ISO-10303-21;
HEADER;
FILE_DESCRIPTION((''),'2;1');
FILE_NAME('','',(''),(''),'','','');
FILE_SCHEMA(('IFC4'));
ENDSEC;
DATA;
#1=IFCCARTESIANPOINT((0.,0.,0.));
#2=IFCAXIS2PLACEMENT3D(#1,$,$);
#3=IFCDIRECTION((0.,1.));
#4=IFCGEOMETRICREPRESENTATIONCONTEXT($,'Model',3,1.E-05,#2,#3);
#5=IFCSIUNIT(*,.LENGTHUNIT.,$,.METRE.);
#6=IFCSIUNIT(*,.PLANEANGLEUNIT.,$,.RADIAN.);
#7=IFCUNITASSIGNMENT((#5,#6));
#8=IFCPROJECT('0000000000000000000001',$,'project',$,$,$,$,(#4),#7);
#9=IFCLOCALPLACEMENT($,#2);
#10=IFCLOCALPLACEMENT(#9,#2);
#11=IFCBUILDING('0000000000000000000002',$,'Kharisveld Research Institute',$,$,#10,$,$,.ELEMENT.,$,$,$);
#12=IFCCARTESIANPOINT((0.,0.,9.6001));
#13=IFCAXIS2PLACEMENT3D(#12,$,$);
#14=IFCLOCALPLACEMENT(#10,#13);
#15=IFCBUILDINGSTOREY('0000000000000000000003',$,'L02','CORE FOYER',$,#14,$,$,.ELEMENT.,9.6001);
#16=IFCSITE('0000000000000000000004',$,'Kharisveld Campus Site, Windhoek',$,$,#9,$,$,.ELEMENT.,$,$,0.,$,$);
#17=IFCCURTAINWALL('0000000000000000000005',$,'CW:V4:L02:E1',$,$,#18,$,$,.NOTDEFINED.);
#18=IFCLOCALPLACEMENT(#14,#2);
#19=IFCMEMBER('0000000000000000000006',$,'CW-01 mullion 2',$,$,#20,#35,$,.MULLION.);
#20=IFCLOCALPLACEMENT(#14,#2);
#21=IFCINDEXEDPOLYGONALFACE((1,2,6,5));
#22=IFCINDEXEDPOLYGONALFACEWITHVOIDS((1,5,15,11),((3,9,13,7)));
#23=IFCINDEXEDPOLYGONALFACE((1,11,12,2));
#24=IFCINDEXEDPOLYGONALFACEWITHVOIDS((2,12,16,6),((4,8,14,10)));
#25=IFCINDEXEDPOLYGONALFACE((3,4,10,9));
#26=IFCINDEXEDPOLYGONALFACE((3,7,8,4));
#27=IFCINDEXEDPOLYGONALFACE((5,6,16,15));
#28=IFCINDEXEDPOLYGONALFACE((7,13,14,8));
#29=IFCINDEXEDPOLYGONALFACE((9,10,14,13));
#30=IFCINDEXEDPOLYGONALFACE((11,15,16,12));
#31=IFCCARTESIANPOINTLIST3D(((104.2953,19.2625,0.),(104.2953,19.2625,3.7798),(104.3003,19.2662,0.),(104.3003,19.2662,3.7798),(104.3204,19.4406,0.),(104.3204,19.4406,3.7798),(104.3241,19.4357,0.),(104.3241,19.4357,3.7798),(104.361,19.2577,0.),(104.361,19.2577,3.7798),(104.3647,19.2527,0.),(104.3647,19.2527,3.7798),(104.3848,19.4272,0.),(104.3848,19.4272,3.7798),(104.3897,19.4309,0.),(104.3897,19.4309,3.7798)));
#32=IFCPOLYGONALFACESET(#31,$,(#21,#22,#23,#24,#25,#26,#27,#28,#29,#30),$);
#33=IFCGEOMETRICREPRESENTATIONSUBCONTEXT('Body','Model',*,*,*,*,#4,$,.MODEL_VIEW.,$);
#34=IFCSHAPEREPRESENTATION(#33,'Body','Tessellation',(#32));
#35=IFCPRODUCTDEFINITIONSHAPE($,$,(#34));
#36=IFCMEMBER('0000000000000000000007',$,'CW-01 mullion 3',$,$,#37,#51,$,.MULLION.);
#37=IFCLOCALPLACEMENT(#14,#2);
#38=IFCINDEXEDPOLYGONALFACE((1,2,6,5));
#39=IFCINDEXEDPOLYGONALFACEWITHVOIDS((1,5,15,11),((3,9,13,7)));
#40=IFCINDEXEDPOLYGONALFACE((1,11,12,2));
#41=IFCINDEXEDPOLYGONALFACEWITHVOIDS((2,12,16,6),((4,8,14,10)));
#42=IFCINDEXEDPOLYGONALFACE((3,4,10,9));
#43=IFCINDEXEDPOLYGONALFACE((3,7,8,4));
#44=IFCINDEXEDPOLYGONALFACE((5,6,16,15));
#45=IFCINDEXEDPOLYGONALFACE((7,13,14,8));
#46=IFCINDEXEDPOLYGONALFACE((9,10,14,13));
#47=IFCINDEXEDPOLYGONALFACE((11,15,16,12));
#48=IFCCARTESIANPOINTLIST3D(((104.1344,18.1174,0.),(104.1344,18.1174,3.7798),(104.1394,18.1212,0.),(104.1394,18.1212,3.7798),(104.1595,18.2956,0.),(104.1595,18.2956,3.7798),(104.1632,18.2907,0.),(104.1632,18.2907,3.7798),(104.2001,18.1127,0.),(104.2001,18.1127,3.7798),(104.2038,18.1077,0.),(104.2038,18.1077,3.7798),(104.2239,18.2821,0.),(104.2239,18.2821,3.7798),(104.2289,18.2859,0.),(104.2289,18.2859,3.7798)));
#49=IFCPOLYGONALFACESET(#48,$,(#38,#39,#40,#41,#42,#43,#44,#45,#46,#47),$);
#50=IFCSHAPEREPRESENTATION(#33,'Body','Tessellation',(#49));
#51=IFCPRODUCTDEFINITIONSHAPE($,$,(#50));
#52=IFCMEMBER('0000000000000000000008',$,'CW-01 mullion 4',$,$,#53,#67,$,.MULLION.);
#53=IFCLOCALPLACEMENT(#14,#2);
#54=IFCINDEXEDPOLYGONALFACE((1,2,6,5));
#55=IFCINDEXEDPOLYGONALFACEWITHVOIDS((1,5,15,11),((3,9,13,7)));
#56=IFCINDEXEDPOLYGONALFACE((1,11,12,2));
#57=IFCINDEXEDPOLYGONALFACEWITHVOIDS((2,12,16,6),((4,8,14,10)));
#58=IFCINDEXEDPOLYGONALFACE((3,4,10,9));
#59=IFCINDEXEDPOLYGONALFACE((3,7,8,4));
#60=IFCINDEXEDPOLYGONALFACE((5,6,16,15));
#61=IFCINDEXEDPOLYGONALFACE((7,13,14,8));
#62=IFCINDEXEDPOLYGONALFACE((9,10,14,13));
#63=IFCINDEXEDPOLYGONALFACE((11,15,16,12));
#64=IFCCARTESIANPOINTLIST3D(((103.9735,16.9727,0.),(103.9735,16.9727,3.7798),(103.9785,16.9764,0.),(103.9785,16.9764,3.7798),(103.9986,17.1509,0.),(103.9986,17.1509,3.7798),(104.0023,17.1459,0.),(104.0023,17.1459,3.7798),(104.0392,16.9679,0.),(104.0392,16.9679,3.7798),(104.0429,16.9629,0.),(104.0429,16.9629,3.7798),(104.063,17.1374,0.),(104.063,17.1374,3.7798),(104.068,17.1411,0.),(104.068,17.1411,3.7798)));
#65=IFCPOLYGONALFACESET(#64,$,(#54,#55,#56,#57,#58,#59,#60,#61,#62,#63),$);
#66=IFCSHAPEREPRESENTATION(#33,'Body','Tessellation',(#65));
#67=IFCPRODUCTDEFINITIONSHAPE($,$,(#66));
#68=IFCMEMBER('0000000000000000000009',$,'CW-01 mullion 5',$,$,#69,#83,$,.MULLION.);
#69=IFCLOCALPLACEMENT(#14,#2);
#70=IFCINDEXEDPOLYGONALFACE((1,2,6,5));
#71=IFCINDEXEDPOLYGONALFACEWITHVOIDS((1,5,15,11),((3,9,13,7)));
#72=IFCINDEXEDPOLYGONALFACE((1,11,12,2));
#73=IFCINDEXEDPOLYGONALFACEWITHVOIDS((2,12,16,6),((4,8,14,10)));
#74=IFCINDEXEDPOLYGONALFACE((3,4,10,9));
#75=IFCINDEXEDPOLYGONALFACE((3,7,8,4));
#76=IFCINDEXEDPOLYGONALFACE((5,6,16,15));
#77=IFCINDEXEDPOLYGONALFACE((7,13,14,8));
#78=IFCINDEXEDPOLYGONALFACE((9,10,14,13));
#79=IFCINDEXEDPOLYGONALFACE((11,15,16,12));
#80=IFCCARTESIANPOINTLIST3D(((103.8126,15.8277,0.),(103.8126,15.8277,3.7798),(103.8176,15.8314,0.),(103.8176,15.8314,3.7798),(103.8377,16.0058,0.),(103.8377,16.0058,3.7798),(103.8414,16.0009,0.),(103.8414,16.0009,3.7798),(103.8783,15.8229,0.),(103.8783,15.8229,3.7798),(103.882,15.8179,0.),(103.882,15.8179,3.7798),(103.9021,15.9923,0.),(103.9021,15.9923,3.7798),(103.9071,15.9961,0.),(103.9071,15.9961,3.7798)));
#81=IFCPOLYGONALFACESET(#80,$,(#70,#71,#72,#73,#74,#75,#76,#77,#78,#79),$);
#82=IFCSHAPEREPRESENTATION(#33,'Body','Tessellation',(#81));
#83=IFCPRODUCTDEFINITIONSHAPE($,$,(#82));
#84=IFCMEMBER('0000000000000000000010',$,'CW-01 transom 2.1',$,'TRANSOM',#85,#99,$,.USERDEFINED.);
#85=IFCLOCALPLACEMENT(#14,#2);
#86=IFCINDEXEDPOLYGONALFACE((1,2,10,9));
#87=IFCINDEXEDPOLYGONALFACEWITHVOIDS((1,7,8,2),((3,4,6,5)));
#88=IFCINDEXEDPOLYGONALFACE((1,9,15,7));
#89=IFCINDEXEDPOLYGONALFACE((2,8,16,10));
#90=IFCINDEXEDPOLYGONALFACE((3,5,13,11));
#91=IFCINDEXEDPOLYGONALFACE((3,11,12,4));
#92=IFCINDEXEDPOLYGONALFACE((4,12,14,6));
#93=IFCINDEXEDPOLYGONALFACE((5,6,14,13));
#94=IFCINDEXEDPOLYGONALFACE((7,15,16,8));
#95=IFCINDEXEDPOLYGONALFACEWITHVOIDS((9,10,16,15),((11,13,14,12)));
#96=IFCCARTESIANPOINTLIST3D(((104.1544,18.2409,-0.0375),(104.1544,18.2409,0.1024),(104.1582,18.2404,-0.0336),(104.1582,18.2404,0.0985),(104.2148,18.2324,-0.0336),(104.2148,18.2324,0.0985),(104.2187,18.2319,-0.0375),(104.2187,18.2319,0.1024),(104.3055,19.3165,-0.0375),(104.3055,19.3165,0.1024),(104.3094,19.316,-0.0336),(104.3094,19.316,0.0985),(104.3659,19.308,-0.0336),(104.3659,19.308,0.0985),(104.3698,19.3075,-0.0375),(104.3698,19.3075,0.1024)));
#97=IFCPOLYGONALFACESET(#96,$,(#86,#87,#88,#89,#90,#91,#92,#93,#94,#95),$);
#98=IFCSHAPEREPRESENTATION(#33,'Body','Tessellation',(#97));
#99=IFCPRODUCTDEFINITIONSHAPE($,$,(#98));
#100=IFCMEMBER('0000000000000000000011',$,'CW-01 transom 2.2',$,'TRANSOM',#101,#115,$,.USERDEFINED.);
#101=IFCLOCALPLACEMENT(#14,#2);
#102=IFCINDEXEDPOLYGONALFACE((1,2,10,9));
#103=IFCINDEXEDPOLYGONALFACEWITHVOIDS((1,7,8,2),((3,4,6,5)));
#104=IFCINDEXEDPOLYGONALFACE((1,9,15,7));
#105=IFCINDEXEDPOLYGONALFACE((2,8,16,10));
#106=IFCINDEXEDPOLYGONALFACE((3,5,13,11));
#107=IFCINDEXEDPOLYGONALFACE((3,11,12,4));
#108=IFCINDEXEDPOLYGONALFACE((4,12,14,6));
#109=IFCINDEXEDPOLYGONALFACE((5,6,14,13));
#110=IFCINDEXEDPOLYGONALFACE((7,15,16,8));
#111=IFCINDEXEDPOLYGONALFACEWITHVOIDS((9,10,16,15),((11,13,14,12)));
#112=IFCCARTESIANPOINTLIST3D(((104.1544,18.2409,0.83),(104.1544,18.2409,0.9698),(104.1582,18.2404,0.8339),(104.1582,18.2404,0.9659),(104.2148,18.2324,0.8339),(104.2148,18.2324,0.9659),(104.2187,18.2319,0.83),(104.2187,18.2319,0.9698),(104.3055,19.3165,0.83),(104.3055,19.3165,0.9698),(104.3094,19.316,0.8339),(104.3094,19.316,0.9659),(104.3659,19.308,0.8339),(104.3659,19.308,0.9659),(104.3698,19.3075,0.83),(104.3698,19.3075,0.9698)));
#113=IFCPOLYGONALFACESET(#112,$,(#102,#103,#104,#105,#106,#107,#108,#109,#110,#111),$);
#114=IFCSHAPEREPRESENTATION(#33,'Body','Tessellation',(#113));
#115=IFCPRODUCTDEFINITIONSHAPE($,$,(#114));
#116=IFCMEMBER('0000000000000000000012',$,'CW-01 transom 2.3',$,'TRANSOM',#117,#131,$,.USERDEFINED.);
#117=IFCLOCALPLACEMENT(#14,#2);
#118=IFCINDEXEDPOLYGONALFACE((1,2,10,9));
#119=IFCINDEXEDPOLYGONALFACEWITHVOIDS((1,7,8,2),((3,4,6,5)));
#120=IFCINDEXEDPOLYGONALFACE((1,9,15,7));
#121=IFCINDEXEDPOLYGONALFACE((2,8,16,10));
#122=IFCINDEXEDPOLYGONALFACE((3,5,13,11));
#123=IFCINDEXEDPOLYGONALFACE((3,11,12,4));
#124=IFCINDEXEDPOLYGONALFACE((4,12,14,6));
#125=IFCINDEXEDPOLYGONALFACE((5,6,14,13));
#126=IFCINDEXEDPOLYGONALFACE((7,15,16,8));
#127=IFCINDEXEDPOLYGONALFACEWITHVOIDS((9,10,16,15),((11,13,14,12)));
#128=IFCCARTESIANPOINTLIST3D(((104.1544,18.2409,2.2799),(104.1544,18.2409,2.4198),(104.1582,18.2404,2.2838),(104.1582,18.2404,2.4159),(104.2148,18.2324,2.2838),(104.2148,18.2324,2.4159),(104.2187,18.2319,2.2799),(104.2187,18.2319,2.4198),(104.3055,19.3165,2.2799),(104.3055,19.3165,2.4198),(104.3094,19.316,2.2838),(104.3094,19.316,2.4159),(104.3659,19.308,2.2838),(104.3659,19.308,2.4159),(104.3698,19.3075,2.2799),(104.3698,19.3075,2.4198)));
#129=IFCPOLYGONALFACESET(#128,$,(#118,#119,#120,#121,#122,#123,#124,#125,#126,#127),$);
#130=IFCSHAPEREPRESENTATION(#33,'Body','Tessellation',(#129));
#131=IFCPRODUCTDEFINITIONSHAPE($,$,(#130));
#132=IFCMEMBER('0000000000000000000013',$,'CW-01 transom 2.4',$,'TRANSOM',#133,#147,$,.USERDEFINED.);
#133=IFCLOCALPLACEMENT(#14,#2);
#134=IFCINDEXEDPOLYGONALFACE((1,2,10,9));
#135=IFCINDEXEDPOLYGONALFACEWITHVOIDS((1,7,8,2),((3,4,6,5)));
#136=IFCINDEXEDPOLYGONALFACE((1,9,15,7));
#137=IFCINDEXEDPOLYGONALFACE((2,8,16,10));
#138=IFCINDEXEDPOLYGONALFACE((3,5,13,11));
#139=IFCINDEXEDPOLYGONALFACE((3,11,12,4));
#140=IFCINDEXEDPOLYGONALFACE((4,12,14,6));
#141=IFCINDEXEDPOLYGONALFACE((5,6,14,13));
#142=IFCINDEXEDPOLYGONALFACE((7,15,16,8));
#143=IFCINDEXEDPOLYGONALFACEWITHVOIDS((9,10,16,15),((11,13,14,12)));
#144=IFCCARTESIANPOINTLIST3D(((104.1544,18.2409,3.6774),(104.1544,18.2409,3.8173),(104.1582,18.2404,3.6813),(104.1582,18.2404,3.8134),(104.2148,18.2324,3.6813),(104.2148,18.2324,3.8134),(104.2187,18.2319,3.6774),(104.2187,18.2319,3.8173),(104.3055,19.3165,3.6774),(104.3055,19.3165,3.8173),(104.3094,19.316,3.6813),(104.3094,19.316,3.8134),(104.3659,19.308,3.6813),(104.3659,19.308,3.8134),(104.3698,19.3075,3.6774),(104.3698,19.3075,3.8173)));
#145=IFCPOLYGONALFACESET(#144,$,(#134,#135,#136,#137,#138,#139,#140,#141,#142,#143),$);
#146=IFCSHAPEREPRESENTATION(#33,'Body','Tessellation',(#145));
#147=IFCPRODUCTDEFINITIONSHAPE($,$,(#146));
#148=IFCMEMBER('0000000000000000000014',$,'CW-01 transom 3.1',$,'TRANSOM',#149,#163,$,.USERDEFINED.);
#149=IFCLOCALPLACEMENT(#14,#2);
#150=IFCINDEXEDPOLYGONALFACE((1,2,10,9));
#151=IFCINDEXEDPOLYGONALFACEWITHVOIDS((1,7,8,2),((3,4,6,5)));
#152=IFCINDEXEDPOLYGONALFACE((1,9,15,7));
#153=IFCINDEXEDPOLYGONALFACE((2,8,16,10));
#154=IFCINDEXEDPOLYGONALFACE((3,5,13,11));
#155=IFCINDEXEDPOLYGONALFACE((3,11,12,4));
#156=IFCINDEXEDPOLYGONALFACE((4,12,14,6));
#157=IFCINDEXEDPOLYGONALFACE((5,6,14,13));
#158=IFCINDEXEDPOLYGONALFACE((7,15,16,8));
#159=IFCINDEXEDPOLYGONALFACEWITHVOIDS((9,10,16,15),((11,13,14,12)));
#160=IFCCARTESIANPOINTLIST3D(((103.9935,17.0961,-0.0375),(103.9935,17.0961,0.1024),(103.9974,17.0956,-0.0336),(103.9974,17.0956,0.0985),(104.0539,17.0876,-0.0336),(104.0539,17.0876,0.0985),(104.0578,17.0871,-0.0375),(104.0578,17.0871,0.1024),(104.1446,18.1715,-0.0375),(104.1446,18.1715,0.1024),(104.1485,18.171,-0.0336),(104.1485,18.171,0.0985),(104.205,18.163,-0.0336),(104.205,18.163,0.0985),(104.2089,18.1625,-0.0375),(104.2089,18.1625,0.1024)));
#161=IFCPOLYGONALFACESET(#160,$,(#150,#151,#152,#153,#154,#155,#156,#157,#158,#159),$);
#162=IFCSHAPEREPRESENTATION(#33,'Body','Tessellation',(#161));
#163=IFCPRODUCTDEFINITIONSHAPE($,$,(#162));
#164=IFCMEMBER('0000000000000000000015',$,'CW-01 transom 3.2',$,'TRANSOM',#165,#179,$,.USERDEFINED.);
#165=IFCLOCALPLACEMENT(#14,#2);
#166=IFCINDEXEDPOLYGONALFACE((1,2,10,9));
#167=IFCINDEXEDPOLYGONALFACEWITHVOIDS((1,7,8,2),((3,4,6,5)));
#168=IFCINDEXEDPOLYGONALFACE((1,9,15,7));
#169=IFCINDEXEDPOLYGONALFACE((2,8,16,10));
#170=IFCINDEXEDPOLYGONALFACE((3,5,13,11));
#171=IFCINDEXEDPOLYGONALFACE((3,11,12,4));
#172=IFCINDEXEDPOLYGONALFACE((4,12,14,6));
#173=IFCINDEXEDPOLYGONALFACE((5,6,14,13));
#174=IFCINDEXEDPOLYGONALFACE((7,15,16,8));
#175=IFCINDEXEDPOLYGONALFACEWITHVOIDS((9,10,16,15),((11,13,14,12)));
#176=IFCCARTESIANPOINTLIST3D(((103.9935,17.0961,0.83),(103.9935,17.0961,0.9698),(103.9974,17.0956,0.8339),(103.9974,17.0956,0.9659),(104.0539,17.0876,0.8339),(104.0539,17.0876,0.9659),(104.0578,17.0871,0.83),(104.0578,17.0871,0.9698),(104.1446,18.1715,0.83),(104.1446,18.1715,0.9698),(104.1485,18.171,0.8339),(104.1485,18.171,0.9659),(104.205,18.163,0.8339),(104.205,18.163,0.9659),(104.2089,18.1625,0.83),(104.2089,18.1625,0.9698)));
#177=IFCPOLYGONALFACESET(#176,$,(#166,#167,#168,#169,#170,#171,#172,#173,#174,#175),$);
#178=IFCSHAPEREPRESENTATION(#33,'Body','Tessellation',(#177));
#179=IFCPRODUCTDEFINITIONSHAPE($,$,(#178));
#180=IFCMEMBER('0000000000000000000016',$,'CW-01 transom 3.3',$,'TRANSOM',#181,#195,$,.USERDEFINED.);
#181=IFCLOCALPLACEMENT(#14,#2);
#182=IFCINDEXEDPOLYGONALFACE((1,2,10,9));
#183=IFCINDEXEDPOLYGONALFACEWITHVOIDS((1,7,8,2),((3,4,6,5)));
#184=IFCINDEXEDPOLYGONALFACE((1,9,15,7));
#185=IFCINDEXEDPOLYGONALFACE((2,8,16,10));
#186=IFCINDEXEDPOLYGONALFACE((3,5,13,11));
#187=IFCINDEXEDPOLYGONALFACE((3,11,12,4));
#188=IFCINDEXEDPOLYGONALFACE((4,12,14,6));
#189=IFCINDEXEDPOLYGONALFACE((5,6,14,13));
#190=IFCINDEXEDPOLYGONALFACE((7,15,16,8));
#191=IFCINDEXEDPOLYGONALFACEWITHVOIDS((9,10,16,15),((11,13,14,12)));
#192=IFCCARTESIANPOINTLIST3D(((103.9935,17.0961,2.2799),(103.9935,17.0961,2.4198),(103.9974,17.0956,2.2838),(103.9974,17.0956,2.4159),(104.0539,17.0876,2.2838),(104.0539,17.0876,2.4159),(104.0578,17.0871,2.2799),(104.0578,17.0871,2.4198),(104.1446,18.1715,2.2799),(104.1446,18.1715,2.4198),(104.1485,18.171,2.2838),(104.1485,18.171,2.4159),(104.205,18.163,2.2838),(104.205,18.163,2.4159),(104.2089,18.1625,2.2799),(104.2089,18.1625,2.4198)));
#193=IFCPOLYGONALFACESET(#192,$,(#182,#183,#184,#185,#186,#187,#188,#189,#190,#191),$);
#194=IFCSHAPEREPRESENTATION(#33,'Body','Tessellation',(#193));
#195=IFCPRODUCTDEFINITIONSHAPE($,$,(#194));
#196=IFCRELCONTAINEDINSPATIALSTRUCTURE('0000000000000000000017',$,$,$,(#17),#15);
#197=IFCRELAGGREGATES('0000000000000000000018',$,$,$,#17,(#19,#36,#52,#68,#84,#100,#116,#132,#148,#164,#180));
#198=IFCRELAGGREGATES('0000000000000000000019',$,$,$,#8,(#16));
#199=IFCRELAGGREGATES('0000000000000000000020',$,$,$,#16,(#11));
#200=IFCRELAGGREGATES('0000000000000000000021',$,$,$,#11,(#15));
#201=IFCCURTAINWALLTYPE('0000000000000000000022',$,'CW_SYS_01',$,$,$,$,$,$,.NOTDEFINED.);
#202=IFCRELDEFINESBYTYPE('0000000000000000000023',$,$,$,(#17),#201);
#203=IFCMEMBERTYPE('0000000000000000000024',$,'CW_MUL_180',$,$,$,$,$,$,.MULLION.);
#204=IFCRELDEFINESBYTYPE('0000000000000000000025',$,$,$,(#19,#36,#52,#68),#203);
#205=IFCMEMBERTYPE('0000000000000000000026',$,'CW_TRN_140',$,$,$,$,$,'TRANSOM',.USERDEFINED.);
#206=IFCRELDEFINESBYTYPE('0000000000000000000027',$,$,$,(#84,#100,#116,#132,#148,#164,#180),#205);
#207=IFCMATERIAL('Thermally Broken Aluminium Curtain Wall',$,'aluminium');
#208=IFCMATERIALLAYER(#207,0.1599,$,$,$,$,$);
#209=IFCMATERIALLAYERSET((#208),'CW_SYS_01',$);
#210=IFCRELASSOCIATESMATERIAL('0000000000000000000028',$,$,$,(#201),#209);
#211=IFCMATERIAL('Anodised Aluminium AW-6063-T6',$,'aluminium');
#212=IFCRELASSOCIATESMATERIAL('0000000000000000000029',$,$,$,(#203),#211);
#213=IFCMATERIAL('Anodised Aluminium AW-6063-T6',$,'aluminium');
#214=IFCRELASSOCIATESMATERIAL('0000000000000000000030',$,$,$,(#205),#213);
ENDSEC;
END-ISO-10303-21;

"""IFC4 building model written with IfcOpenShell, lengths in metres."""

from ifc_helpers import new_model, si_unit, direction, frame, origin, origin_2d, place, context, subcontext, project, spatial, hollow_rectangle, extrude, material, layer, layer_set, material_profile, profile_set, type_object, element, aggregate, save


model = new_model("IFC4")

# Units and contexts
model_context = context("Model", 3, precision=1e-05, world=origin(), true_north=direction((0.0, 1.0)))
body_context = subcontext(model_context, "Body", "Model", "MODEL_VIEW")
ifc_project = project(units=[si_unit("LENGTHUNIT", "METRE"), si_unit("PLANEANGLEUNIT", "RADIAN")], contexts=[model_context])

# Site, building, storey
site_placement = place(None, origin())
site = spatial("IfcSite", under=ifc_project, at=site_placement, Name="Kharisveld Campus Site, Windhoek", CompositionType="ELEMENT", RefElevation=0.0)
building_placement = place(site_placement, origin())
building = spatial("IfcBuilding", under=site, at=building_placement, Name="Kharisveld Research Institute", CompositionType="ELEMENT")
storey_placement = place(building_placement, frame((0.0, 0.0, 9.6001)))
storey = spatial("IfcBuildingStorey", under=building, at=storey_placement, Name="L02", Description="CORE FOYER", CompositionType="ELEMENT", Elevation=9.6001)

# Curtain wall, members
ifc_material_1 = material(Name="Thermally Broken Aluminium Curtain Wall", Category="aluminium")
ifc_layer_1 = layer(ifc_material_1, 0.1599)
ifc_layer_set_1 = layer_set([ifc_layer_1], Name="CW_SYS_01")
curtain_wall_type = type_object("IfcCurtainWallType", Name="CW_SYS_01", PredefinedType="NOTDEFINED", material=ifc_layer_set_1)
curtain_wall_placement = place(storey_placement, origin())
curtain_wall = element("IfcCurtainWall", 1, at=curtain_wall_placement, inside=storey, type_object=curtain_wall_type, Name="CW:V4:L02:E1", PredefinedType="NOTDEFINED")
ifc_material_2 = material(Name="Anodised Aluminium AW-6063-T6", Category="aluminium")
ifc_material_profile_1 = material_profile(ifc_material_2, hollow_rectangle(XDim=0.0701, YDim=0.1799, WallThickness=0.0044, at=origin_2d()))
ifc_profile_set_1 = profile_set([ifc_material_profile_1], Name="Anodised Aluminium AW-6063-T6")
member_type_1 = type_object("IfcMemberType", Name="CW_MUL_180", PredefinedType="MULLION", material=ifc_profile_set_1)
member_1_placement = place(storey_placement, frame((104.3425, 19.3467, 0.0), z_axis=(0.0, 0.0, 1.0), x_axis=(0.990268, -0.139173, 0.0)))
member_1 = element("IfcMember", 2, at=member_1_placement, type_object=member_type_1, Name="CW-01 mullion 2", PredefinedType="MULLION", context=body_context, shape_type="SweptSolid", body=[
    extrude(hollow_rectangle(XDim=0.0701, YDim=0.1799, WallThickness=0.0044, at=origin_2d()), origin(), (0.0, 0.0, 1.0), 3.7798),
])
member_2_placement = place(storey_placement, frame((104.1816, 18.2017, 0.0), z_axis=(0.0, 0.0, 1.0), x_axis=(0.990268, -0.139173, 0.0)))
member_2 = element("IfcMember", 3, at=member_2_placement, type_object=member_type_1, Name="CW-01 mullion 3", PredefinedType="MULLION", context=body_context, shape_type="SweptSolid", body=[
    extrude(hollow_rectangle(XDim=0.0701, YDim=0.1799, WallThickness=0.0044, at=origin_2d()), origin(), (0.0, 0.0, 1.0), 3.7798),
])
member_3_placement = place(storey_placement, frame((104.0208, 17.0569, 0.0), z_axis=(0.0, 0.0, 1.0), x_axis=(0.990268, -0.139173, 0.0)))
member_3 = element("IfcMember", 4, at=member_3_placement, type_object=member_type_1, Name="CW-01 mullion 4", PredefinedType="MULLION", context=body_context, shape_type="SweptSolid", body=[
    extrude(hollow_rectangle(XDim=0.0701, YDim=0.1799, WallThickness=0.0044, at=origin_2d()), origin(), (0.0, 0.0, 1.0), 3.7798),
])
member_4_placement = place(storey_placement, frame((103.8599, 15.9119, 0.0), z_axis=(0.0, 0.0, 1.0), x_axis=(0.990268, -0.139173, 0.0)))
member_4 = element("IfcMember", 5, at=member_4_placement, type_object=member_type_1, Name="CW-01 mullion 5", PredefinedType="MULLION", context=body_context, shape_type="SweptSolid", body=[
    extrude(hollow_rectangle(XDim=0.0701, YDim=0.1799, WallThickness=0.0044, at=origin_2d()), origin(), (0.0, 0.0, 1.0), 3.7798),
])
ifc_material_3 = material(Name="Anodised Aluminium AW-6063-T6", Category="aluminium")
ifc_material_profile_2 = material_profile(ifc_material_3, hollow_rectangle(XDim=0.0649, YDim=0.1399, WallThickness=0.0039, at=origin_2d()))
ifc_profile_set_2 = profile_set([ifc_material_profile_2], Name="Anodised Aluminium AW-6063-T6")
member_type_2 = type_object("IfcMemberType", Name="CW_TRN_140", ElementType="TRANSOM", PredefinedType="USERDEFINED", material=ifc_profile_set_2)
member_5_placement = place(storey_placement, frame((104.3376, 19.312, 0.0325), z_axis=(-0.139124, -0.990275, 0.0), x_axis=(0.990275, -0.139124, 0.0)))
member_5 = element("IfcMember", 6, at=member_5_placement, type_object=member_type_2, Name="CW-01 transom 2.1", ObjectType="TRANSOM", PredefinedType="USERDEFINED", context=body_context, shape_type="SweptSolid", body=[
    extrude(hollow_rectangle(XDim=0.0649, YDim=0.1399, WallThickness=0.0039, at=origin_2d()), origin(), (0.0, 0.0, 1.0), 1.0862),
])
member_6_placement = place(storey_placement, frame((104.3376, 19.312, 0.8999), z_axis=(-0.139124, -0.990275, 0.0), x_axis=(0.990275, -0.139124, 0.0)))
member_6 = element("IfcMember", 7, at=member_6_placement, type_object=member_type_2, Name="CW-01 transom 2.2", ObjectType="TRANSOM", PredefinedType="USERDEFINED", context=body_context, shape_type="SweptSolid", body=[
    extrude(hollow_rectangle(XDim=0.0649, YDim=0.1399, WallThickness=0.0039, at=origin_2d()), origin(), (0.0, 0.0, 1.0), 1.0862),
])
member_7_placement = place(storey_placement, frame((104.3376, 19.312, 2.3499), z_axis=(-0.139124, -0.990275, 0.0), x_axis=(0.990275, -0.139124, 0.0)))
member_7 = element("IfcMember", 8, at=member_7_placement, type_object=member_type_2, Name="CW-01 transom 2.3", ObjectType="TRANSOM", PredefinedType="USERDEFINED", context=body_context, shape_type="SweptSolid", body=[
    extrude(hollow_rectangle(XDim=0.0649, YDim=0.1399, WallThickness=0.0039, at=origin_2d()), origin(), (0.0, 0.0, 1.0), 1.0862),
])
member_8_placement = place(storey_placement, frame((104.3376, 19.312, 3.7473), z_axis=(-0.139124, -0.990275, 0.0), x_axis=(0.990275, -0.139124, 0.0)))
member_8 = element("IfcMember", 9, at=member_8_placement, type_object=member_type_2, Name="CW-01 transom 2.4", ObjectType="TRANSOM", PredefinedType="USERDEFINED", context=body_context, shape_type="SweptSolid", body=[
    extrude(hollow_rectangle(XDim=0.0649, YDim=0.1399, WallThickness=0.0039, at=origin_2d()), origin(), (0.0, 0.0, 1.0), 1.0862),
])
member_9_placement = place(storey_placement, frame((104.1768, 18.167, 0.0325), z_axis=(-0.139155, -0.990271, 0.0), x_axis=(0.990271, -0.139155, 0.0)))
member_9 = element("IfcMember", 10, at=member_9_placement, type_object=member_type_2, Name="CW-01 transom 3.1", ObjectType="TRANSOM", PredefinedType="USERDEFINED", context=body_context, shape_type="SweptSolid", body=[
    extrude(hollow_rectangle(XDim=0.0649, YDim=0.1399, WallThickness=0.0039, at=origin_2d()), origin(), (0.0, 0.0, 1.0), 1.0859),
])
member_10_placement = place(storey_placement, frame((104.1768, 18.167, 0.8999), z_axis=(-0.139155, -0.990271, 0.0), x_axis=(0.990271, -0.139155, 0.0)))
member_10 = element("IfcMember", 11, at=member_10_placement, type_object=member_type_2, Name="CW-01 transom 3.2", ObjectType="TRANSOM", PredefinedType="USERDEFINED", context=body_context, shape_type="SweptSolid", body=[
    extrude(hollow_rectangle(XDim=0.0649, YDim=0.1399, WallThickness=0.0039, at=origin_2d()), origin(), (0.0, 0.0, 1.0), 1.0859),
])
member_11_placement = place(storey_placement, frame((104.1768, 18.167, 2.3499), z_axis=(-0.139155, -0.990271, 0.0), x_axis=(0.990271, -0.139155, 0.0)))
member_11 = element("IfcMember", 12, at=member_11_placement, type_object=member_type_2, Name="CW-01 transom 3.3", ObjectType="TRANSOM", PredefinedType="USERDEFINED", context=body_context, shape_type="SweptSolid", body=[
    extrude(hollow_rectangle(XDim=0.0649, YDim=0.1399, WallThickness=0.0039, at=origin_2d()), origin(), (0.0, 0.0, 1.0), 1.0859),
])
aggregate(curtain_wall, [member_1, member_2, member_3, member_4, member_5, member_6, member_7, member_8, member_9, member_10, member_11])

save(model, "model.ifc")
